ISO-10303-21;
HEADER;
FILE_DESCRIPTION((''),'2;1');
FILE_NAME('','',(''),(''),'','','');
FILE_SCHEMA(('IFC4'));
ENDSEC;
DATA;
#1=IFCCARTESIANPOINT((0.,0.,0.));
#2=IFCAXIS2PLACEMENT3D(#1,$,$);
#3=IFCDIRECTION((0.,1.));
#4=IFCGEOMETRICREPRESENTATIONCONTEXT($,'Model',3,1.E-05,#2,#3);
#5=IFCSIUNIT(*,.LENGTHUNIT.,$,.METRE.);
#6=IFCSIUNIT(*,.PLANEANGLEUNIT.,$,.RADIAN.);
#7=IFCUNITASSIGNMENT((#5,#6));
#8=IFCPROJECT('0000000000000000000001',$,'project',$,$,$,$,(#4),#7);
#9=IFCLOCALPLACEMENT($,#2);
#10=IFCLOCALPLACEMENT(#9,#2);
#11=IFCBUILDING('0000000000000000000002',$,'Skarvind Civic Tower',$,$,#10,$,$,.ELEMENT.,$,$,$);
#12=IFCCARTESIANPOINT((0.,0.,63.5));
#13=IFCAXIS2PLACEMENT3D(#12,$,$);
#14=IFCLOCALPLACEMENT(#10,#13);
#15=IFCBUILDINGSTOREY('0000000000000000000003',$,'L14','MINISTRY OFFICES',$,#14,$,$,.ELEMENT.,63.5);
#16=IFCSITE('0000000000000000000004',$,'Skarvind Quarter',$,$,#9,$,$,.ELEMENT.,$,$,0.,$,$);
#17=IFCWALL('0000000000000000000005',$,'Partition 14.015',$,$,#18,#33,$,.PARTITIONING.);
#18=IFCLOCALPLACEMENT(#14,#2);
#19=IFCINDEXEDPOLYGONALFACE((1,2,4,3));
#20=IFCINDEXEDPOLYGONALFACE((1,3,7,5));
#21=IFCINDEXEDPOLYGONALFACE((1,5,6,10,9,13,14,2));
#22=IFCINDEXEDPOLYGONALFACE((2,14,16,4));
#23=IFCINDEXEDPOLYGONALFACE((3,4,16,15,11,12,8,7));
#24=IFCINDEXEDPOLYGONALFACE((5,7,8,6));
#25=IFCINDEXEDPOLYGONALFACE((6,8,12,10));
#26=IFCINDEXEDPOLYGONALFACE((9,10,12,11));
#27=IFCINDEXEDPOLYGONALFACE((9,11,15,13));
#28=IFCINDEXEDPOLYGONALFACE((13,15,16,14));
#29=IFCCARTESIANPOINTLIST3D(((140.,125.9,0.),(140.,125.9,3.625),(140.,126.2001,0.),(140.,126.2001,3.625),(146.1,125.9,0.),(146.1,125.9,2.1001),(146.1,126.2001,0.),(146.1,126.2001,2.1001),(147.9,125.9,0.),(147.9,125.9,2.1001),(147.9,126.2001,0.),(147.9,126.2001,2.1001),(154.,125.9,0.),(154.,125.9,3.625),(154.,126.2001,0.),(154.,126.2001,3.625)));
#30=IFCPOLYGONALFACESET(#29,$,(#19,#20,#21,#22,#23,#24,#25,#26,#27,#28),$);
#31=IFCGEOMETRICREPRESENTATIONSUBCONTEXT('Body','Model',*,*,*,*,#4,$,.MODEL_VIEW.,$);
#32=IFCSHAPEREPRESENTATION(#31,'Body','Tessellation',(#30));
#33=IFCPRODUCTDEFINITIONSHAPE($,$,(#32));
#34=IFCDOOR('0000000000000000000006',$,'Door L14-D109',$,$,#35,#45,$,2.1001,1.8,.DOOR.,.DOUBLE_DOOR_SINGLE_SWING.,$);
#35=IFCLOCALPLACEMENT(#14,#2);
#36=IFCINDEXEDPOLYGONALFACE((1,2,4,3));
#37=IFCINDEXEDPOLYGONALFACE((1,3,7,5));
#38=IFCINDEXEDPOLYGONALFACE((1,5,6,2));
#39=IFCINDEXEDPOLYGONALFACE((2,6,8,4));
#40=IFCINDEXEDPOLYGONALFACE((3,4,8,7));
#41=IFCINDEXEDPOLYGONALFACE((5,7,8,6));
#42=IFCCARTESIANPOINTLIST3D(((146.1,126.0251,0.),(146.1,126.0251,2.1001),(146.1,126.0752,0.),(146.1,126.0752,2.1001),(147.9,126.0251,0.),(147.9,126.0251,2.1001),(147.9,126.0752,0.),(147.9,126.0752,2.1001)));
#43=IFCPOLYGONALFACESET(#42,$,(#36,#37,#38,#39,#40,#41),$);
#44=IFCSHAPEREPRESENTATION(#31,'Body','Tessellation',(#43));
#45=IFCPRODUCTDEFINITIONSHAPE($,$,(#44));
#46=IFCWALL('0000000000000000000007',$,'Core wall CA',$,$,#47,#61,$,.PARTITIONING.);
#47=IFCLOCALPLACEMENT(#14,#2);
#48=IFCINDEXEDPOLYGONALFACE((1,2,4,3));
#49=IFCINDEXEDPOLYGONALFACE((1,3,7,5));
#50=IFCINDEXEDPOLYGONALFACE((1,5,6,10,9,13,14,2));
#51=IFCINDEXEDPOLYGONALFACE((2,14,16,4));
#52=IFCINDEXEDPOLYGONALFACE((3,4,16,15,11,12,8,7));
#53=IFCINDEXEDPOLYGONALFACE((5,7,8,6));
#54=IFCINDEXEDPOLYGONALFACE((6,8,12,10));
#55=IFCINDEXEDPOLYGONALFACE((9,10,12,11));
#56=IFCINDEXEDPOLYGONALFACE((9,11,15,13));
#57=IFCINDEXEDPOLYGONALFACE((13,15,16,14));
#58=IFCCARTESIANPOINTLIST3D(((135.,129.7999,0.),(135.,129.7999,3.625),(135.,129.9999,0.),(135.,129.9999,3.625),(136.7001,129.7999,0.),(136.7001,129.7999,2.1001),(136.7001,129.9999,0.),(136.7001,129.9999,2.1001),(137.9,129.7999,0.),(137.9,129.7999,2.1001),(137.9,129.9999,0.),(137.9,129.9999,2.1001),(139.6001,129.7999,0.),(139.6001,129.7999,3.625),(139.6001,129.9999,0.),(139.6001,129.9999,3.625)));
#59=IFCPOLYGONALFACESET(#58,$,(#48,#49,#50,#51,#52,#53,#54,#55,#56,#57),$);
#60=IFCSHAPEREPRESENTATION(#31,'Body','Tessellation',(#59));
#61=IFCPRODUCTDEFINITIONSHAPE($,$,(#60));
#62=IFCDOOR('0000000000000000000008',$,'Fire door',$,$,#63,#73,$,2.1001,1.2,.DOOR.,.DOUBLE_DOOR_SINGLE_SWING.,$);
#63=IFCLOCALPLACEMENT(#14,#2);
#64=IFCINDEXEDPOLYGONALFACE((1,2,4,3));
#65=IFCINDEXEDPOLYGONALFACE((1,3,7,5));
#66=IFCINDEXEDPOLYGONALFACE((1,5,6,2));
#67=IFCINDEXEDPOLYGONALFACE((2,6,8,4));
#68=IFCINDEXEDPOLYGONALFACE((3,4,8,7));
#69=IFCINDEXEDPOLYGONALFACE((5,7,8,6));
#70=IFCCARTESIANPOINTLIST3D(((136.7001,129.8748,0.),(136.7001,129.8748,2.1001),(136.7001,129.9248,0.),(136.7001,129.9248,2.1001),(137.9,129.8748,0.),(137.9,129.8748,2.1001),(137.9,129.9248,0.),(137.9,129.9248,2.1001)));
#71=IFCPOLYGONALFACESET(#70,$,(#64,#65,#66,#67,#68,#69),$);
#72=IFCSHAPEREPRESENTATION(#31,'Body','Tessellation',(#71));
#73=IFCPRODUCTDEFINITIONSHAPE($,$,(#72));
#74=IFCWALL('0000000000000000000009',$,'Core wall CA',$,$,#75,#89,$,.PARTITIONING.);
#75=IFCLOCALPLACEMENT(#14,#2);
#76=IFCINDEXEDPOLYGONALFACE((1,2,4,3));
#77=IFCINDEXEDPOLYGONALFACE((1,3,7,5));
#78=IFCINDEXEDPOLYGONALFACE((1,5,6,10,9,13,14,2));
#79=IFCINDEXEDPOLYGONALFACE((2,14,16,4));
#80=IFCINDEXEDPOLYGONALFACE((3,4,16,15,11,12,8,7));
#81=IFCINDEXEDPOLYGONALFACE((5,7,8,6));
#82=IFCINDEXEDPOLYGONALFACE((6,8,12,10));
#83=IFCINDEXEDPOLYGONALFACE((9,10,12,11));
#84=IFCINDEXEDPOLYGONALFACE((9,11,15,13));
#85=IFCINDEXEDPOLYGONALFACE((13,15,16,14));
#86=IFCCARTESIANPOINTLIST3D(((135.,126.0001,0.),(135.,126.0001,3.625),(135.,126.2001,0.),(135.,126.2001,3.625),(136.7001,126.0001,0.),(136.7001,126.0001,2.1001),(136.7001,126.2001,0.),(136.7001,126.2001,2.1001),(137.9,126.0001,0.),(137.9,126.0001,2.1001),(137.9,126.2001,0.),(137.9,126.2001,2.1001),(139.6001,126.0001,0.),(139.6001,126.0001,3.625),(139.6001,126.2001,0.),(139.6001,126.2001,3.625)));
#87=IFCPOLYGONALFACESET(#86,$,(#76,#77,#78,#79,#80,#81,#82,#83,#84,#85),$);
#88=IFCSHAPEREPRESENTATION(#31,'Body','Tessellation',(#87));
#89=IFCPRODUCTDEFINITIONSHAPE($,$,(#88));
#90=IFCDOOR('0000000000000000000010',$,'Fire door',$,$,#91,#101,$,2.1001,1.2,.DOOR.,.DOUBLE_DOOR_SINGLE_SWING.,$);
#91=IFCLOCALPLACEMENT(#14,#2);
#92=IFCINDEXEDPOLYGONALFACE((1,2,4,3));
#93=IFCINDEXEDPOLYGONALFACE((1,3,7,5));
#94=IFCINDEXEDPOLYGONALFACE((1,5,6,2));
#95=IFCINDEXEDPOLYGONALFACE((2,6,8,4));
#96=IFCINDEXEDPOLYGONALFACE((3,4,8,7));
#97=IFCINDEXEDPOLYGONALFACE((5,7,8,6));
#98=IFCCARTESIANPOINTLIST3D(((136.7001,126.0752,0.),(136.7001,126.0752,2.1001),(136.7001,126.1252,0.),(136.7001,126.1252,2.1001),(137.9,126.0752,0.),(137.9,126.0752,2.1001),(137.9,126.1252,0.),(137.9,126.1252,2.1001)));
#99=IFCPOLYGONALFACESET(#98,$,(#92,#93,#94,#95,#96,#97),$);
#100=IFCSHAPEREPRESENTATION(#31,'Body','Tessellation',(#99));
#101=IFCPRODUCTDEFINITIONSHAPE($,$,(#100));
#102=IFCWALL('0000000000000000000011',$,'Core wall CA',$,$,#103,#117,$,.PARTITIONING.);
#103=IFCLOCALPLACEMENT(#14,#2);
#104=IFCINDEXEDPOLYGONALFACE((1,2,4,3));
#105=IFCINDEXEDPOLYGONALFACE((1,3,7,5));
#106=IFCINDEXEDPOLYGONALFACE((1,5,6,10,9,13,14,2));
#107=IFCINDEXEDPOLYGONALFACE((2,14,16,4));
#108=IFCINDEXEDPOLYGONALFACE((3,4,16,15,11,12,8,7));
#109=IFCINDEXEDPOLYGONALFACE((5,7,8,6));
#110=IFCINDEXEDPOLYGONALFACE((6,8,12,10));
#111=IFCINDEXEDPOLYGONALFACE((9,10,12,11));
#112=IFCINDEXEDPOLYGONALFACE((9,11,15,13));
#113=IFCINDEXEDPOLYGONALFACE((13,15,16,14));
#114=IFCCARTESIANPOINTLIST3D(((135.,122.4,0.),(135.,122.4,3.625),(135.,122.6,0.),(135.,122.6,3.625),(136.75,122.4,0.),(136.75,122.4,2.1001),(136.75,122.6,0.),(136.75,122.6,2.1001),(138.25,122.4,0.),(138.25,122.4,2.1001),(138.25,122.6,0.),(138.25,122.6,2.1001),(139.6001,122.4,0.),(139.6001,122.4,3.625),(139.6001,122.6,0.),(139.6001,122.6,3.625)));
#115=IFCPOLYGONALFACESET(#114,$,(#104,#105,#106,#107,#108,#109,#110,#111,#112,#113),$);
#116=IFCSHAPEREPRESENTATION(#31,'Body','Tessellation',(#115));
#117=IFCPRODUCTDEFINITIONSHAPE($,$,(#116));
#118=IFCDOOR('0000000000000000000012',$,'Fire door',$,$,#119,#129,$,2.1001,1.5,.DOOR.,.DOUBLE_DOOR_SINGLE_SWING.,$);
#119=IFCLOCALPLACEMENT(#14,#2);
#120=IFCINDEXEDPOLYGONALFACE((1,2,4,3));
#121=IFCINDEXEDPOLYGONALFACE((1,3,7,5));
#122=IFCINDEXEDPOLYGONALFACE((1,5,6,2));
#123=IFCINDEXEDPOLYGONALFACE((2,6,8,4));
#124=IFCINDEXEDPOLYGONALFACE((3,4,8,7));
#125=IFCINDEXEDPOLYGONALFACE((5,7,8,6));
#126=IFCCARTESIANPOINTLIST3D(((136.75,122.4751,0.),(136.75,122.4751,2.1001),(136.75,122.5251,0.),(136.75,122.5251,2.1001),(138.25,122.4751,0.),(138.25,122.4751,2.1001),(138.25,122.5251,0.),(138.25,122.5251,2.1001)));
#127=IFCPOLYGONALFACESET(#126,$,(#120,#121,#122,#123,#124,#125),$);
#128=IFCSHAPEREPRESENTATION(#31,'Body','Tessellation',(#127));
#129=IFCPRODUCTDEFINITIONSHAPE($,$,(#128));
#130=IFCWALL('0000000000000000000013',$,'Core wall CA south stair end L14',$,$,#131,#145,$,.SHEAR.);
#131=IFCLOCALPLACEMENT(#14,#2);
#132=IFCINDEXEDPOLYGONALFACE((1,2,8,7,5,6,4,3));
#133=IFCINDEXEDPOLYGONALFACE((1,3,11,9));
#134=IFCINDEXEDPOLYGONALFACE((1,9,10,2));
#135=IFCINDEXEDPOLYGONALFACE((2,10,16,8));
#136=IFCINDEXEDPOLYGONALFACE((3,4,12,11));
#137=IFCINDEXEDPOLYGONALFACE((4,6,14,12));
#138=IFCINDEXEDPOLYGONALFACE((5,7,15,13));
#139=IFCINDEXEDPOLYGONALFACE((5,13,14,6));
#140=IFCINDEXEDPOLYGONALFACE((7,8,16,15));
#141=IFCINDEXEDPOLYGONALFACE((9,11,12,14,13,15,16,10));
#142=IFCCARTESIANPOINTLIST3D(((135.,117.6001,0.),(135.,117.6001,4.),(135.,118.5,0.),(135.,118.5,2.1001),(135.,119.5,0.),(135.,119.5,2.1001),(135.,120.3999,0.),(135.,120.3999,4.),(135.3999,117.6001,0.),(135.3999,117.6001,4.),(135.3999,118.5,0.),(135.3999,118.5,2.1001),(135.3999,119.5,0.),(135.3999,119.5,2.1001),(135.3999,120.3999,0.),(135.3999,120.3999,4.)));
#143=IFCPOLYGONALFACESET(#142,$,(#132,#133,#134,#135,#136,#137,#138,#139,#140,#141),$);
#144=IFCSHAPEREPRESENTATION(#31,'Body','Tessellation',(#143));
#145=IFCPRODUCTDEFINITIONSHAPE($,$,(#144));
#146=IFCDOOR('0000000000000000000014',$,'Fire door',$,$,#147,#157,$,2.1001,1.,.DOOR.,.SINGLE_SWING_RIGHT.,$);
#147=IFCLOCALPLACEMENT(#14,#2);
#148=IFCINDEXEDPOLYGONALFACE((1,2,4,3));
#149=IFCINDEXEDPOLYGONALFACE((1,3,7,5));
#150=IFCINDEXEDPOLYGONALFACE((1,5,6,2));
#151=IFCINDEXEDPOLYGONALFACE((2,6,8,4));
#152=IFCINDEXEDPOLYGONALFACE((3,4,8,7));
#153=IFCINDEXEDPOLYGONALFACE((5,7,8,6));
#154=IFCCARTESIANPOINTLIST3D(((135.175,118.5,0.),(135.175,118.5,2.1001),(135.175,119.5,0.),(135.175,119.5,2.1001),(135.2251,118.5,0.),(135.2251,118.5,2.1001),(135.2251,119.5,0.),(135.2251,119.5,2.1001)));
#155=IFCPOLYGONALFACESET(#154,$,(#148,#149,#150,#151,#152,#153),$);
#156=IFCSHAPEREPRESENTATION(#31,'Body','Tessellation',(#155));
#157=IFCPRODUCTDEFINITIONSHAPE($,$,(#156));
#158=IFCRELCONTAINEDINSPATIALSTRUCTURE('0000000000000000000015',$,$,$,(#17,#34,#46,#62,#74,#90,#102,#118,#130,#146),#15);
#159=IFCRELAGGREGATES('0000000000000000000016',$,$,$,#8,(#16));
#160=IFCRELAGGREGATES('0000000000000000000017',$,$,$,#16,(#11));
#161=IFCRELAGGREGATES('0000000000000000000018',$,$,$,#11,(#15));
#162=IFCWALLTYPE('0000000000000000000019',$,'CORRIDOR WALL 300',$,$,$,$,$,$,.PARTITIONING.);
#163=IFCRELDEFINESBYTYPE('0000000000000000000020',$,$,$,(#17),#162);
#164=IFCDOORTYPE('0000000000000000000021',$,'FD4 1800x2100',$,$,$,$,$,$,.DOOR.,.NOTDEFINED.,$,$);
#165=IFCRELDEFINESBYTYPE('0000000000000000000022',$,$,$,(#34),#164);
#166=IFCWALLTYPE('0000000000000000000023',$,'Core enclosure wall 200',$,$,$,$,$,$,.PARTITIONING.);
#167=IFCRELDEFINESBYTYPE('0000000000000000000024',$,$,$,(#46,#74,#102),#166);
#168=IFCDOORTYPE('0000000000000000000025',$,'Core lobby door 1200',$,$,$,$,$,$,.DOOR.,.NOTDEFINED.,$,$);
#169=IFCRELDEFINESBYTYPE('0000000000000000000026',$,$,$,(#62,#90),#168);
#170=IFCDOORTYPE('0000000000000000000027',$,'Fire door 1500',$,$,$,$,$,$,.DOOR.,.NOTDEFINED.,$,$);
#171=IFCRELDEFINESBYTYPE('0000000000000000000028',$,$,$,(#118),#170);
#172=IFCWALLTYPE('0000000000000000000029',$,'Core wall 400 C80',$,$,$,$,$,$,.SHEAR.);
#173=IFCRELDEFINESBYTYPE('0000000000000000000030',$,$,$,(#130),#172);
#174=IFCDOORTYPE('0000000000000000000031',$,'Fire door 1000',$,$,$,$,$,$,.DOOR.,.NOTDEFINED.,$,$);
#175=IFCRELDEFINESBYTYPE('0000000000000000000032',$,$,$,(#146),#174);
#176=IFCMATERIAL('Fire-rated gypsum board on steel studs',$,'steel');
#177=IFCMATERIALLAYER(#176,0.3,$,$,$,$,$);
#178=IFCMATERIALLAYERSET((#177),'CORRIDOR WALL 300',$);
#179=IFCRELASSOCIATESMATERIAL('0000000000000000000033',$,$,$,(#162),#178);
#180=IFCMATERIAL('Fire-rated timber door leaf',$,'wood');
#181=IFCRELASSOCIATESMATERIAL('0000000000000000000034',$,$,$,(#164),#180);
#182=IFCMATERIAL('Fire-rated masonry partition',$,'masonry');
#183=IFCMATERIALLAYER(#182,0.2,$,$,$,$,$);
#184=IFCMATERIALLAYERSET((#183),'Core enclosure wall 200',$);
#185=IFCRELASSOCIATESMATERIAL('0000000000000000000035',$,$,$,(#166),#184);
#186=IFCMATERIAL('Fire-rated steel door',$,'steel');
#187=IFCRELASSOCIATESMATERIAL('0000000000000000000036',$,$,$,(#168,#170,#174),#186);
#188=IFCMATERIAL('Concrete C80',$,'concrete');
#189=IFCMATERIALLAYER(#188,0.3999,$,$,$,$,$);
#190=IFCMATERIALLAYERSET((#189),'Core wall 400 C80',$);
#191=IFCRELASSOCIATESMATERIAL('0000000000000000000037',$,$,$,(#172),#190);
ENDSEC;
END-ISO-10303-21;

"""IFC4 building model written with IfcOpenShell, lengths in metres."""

from ifc_helpers import new_model, si_unit, direction, frame, frame_2d, origin, place, context, subcontext, project, spatial, rectangle, extrude, material, layer, layer_set, type_object, element, fill, save


model = new_model("IFC4")

# Units and contexts
model_context = context("Model", 3, precision=1e-05, world=origin(), true_north=direction((0.0, 1.0)))
body_context = subcontext(model_context, "Body", "Model", "MODEL_VIEW")
ifc_project = project(units=[si_unit("LENGTHUNIT", "METRE"), si_unit("PLANEANGLEUNIT", "RADIAN")], contexts=[model_context])

# Site, building, storey
site_placement = place(None, origin())
site = spatial("IfcSite", under=ifc_project, at=site_placement, Name="Skarvind Quarter", CompositionType="ELEMENT", RefElevation=0.0)
building_placement = place(site_placement, origin())
building = spatial("IfcBuilding", under=site, at=building_placement, Name="Skarvind Civic Tower", CompositionType="ELEMENT")
storey_placement = place(building_placement, frame((0.0, 0.0, 63.5)))
storey = spatial("IfcBuildingStorey", under=building, at=storey_placement, Name="L14", Description="MINISTRY OFFICES", CompositionType="ELEMENT", Elevation=63.5)

# Walls, openings, doors
ifc_material_1 = material(Name="Fire-rated gypsum board on steel studs", Category="steel")
ifc_layer_1 = layer(ifc_material_1, 0.3)
ifc_layer_set_1 = layer_set([ifc_layer_1], Name="CORRIDOR WALL 300")
wall_type_1 = type_object("IfcWallType", Name="CORRIDOR WALL 300", PredefinedType="PARTITIONING", material=ifc_layer_set_1)
wall_1_placement = place(storey_placement, frame((154.0, 126.05, 0.0), z_axis=(0.0, 0.0, 1.0), x_axis=(-1.0, 0.0, 0.0)))
wall_1 = element("IfcWall", 1, at=wall_1_placement, inside=storey, type_object=wall_type_1, Name="Partition 14.015", PredefinedType="PARTITIONING", context=body_context, shape_type="SweptSolid", body=[
    extrude(rectangle(XDim=14.0, YDim=0.3, at=frame_2d((7.0, 0.0))), origin(), (0.0, 0.0, 1.0), 3.625),
])
opening_1_placement = place(wall_1_placement, frame((6.1001, 0.0, 0.0)))
opening_1 = element("IfcOpeningElement", 2, at=opening_1_placement, cuts=wall_1, PredefinedType="OPENING", context=body_context, shape_type="SweptSolid", body=[
    extrude(rectangle(XDim=1.8, YDim=2.1001, at=frame_2d((0.8999, 1.05))), frame((0.0, 0.1599, 0.0), z_axis=(0.0, -1.0, 0.0), x_axis=(1.0, 0.0, 0.0)), (0.0, 0.0, 1.0), 0.3201),
])
ifc_material_2 = material(Name="Fire-rated timber door leaf", Category="wood")
door_type_1 = type_object("IfcDoorType", Name="FD4 1800x2100", OperationType="NOTDEFINED", PredefinedType="DOOR", material=ifc_material_2)
door_1_placement = place(opening_1_placement, origin())
door_1 = element("IfcDoor", 3, at=door_1_placement, inside=storey, type_object=door_type_1, Name="Door L14-D109", OperationType="DOUBLE_DOOR_SINGLE_SWING", OverallHeight=2.1001, OverallWidth=1.8, PredefinedType="DOOR", context=body_context, shape_type="SweptSolid", body=[
    extrude(rectangle(XDim=1.8, YDim=2.1001, at=frame_2d((0.8999, 1.05))), frame((0.0, 0.0249, 0.0), z_axis=(0.0, -1.0, 0.0), x_axis=(1.0, 0.0, 0.0)), (0.0, 0.0, 1.0), 0.05),
])
fill(opening_1, door_1)
ifc_material_3 = material(Name="Fire-rated masonry partition", Category="masonry")
ifc_layer_2 = layer(ifc_material_3, 0.2)
ifc_layer_set_2 = layer_set([ifc_layer_2], Name="Core enclosure wall 200")
wall_type_2 = type_object("IfcWallType", Name="Core enclosure wall 200", PredefinedType="PARTITIONING", material=ifc_layer_set_2)
wall_2_placement = place(storey_placement, frame((135.0, 129.8999, 0.0), z_axis=(0.0, 0.0, 1.0), x_axis=(1.0, 0.0, 0.0)))
wall_2 = element("IfcWall", 4, at=wall_2_placement, inside=storey, type_object=wall_type_2, Name="Core wall CA", PredefinedType="PARTITIONING", context=body_context, shape_type="SweptSolid", body=[
    extrude(rectangle(XDim=4.6001, YDim=0.2, at=frame_2d((2.3, 0.0))), origin(), (0.0, 0.0, 1.0), 3.625),
])
opening_2_placement = place(wall_2_placement, frame((1.7, 0.0, 0.0)))
opening_2 = element("IfcOpeningElement", 5, at=opening_2_placement, cuts=wall_2, PredefinedType="OPENING", context=body_context, shape_type="SweptSolid", body=[
    extrude(rectangle(XDim=1.2, YDim=2.1001, at=frame_2d((0.6001, 1.05))), frame((0.0, 0.1099, 0.0), z_axis=(0.0, -1.0, 0.0), x_axis=(1.0, 0.0, 0.0)), (0.0, 0.0, 1.0), 0.22),
])
ifc_material_4 = material(Name="Fire-rated steel door", Category="steel")
door_type_2 = type_object("IfcDoorType", Name="Core lobby door 1200", OperationType="NOTDEFINED", PredefinedType="DOOR", material=ifc_material_4)
door_2_placement = place(opening_2_placement, origin())
door_2 = element("IfcDoor", 6, at=door_2_placement, inside=storey, type_object=door_type_2, Name="Fire door", OperationType="DOUBLE_DOOR_SINGLE_SWING", OverallHeight=2.1001, OverallWidth=1.2, PredefinedType="DOOR", context=body_context, shape_type="SweptSolid", body=[
    extrude(rectangle(XDim=1.2, YDim=2.1001, at=frame_2d((0.6001, 1.05))), frame((0.0, 0.0249, 0.0), z_axis=(0.0, -1.0, 0.0), x_axis=(1.0, 0.0, 0.0)), (0.0, 0.0, 1.0), 0.05),
])
fill(opening_2, door_2)
wall_3_placement = place(storey_placement, frame((139.6001, 126.1001, 0.0), z_axis=(0.0, 0.0, 1.0), x_axis=(-1.0, 0.0, 0.0)))
wall_3 = element("IfcWall", 7, at=wall_3_placement, inside=storey, type_object=wall_type_2, Name="Core wall CA", PredefinedType="PARTITIONING", context=body_context, shape_type="SweptSolid", body=[
    extrude(rectangle(XDim=4.6001, YDim=0.2, at=frame_2d((2.3, 0.0))), origin(), (0.0, 0.0, 1.0), 3.625),
])
opening_3_placement = place(wall_3_placement, frame((1.7, 0.0, 0.0)))
opening_3 = element("IfcOpeningElement", 8, at=opening_3_placement, cuts=wall_3, PredefinedType="OPENING", context=body_context, shape_type="SweptSolid", body=[
    extrude(rectangle(XDim=1.2, YDim=2.1001, at=frame_2d((0.6001, 1.05))), frame((0.0, 0.1099, 0.0), z_axis=(0.0, -1.0, 0.0), x_axis=(1.0, 0.0, 0.0)), (0.0, 0.0, 1.0), 0.22),
])
door_3_placement = place(opening_3_placement, origin())
door_3 = element("IfcDoor", 9, at=door_3_placement, inside=storey, type_object=door_type_2, Name="Fire door", OperationType="DOUBLE_DOOR_SINGLE_SWING", OverallHeight=2.1001, OverallWidth=1.2, PredefinedType="DOOR", context=body_context, shape_type="SweptSolid", body=[
    extrude(rectangle(XDim=1.2, YDim=2.1001, at=frame_2d((0.6001, 1.05))), frame((0.0, 0.0249, 0.0), z_axis=(0.0, -1.0, 0.0), x_axis=(1.0, 0.0, 0.0)), (0.0, 0.0, 1.0), 0.05),
])
fill(opening_3, door_3)
wall_4_placement = place(storey_placement, frame((139.6001, 122.5, 0.0), z_axis=(0.0, 0.0, 1.0), x_axis=(-1.0, 0.0, 0.0)))
wall_4 = element("IfcWall", 10, at=wall_4_placement, inside=storey, type_object=wall_type_2, Name="Core wall CA", PredefinedType="PARTITIONING", context=body_context, shape_type="SweptSolid", body=[
    extrude(rectangle(XDim=4.6001, YDim=0.2, at=frame_2d((2.3, 0.0))), origin(), (0.0, 0.0, 1.0), 3.625),
])
opening_4_placement = place(wall_4_placement, frame((1.3501, 0.0, 0.0)))
opening_4 = element("IfcOpeningElement", 11, at=opening_4_placement, cuts=wall_4, PredefinedType="OPENING", context=body_context, shape_type="SweptSolid", body=[
    extrude(rectangle(XDim=1.5, YDim=2.1001, at=frame_2d((0.75, 1.05))), frame((0.0, 0.1099, 0.0), z_axis=(0.0, -1.0, 0.0), x_axis=(1.0, 0.0, 0.0)), (0.0, 0.0, 1.0), 0.22),
])
door_type_3 = type_object("IfcDoorType", Name="Fire door 1500", OperationType="NOTDEFINED", PredefinedType="DOOR", material=ifc_material_4)
door_4_placement = place(opening_4_placement, origin())
door_4 = element("IfcDoor", 12, at=door_4_placement, inside=storey, type_object=door_type_3, Name="Fire door", OperationType="DOUBLE_DOOR_SINGLE_SWING", OverallHeight=2.1001, OverallWidth=1.5, PredefinedType="DOOR", context=body_context, shape_type="SweptSolid", body=[
    extrude(rectangle(XDim=1.5, YDim=2.1001, at=frame_2d((0.75, 1.05))), frame((0.0, 0.0249, 0.0), z_axis=(0.0, -1.0, 0.0), x_axis=(1.0, 0.0, 0.0)), (0.0, 0.0, 1.0), 0.05),
])
fill(opening_4, door_4)
ifc_material_5 = material(Name="Concrete C80", Category="concrete")
ifc_layer_3 = layer(ifc_material_5, 0.3999)
ifc_layer_set_3 = layer_set([ifc_layer_3], Name="Core wall 400 C80")
wall_type_3 = type_object("IfcWallType", Name="Core wall 400 C80", PredefinedType="SHEAR", material=ifc_layer_set_3)
wall_5_placement = place(storey_placement, frame((135.2, 117.6001, 0.0), z_axis=(0.0, 0.0, 1.0), x_axis=(0.0, 1.0, 0.0)))
wall_5 = element("IfcWall", 13, at=wall_5_placement, inside=storey, type_object=wall_type_3, Name="Core wall CA south stair end L14", PredefinedType="SHEAR", context=body_context, shape_type="SweptSolid", body=[
    extrude(rectangle(XDim=2.7998, YDim=0.3999, at=frame_2d((1.3999, 0.0))), origin(), (0.0, 0.0, 1.0), 4.0),
])
opening_5_placement = place(wall_5_placement, frame((0.8999, 0.0, 0.0)))
opening_5 = element("IfcOpeningElement", 14, at=opening_5_placement, cuts=wall_5, PredefinedType="OPENING", context=body_context, shape_type="SweptSolid", body=[
    extrude(rectangle(XDim=1.0, YDim=2.1001, at=frame_2d((0.5, 1.05))), frame((0.0, 0.21, 0.0), z_axis=(0.0, -1.0, 0.0), x_axis=(1.0, 0.0, 0.0)), (0.0, 0.0, 1.0), 0.4199),
])
door_type_4 = type_object("IfcDoorType", Name="Fire door 1000", OperationType="NOTDEFINED", PredefinedType="DOOR", material=ifc_material_4)
door_5_placement = place(opening_5_placement, origin())
door_5 = element("IfcDoor", 15, at=door_5_placement, inside=storey, type_object=door_type_4, Name="Fire door", OperationType="SINGLE_SWING_RIGHT", OverallHeight=2.1001, OverallWidth=1.0, PredefinedType="DOOR", context=body_context, shape_type="SweptSolid", body=[
    extrude(rectangle(XDim=1.0, YDim=2.1001, at=frame_2d((0.5, 1.05))), frame((0.0, 0.0249, 0.0), z_axis=(0.0, -1.0, 0.0), x_axis=(1.0, 0.0, 0.0)), (0.0, 0.0, 1.0), 0.05),
])
fill(opening_5, door_5)

save(model, "model.ifc")
